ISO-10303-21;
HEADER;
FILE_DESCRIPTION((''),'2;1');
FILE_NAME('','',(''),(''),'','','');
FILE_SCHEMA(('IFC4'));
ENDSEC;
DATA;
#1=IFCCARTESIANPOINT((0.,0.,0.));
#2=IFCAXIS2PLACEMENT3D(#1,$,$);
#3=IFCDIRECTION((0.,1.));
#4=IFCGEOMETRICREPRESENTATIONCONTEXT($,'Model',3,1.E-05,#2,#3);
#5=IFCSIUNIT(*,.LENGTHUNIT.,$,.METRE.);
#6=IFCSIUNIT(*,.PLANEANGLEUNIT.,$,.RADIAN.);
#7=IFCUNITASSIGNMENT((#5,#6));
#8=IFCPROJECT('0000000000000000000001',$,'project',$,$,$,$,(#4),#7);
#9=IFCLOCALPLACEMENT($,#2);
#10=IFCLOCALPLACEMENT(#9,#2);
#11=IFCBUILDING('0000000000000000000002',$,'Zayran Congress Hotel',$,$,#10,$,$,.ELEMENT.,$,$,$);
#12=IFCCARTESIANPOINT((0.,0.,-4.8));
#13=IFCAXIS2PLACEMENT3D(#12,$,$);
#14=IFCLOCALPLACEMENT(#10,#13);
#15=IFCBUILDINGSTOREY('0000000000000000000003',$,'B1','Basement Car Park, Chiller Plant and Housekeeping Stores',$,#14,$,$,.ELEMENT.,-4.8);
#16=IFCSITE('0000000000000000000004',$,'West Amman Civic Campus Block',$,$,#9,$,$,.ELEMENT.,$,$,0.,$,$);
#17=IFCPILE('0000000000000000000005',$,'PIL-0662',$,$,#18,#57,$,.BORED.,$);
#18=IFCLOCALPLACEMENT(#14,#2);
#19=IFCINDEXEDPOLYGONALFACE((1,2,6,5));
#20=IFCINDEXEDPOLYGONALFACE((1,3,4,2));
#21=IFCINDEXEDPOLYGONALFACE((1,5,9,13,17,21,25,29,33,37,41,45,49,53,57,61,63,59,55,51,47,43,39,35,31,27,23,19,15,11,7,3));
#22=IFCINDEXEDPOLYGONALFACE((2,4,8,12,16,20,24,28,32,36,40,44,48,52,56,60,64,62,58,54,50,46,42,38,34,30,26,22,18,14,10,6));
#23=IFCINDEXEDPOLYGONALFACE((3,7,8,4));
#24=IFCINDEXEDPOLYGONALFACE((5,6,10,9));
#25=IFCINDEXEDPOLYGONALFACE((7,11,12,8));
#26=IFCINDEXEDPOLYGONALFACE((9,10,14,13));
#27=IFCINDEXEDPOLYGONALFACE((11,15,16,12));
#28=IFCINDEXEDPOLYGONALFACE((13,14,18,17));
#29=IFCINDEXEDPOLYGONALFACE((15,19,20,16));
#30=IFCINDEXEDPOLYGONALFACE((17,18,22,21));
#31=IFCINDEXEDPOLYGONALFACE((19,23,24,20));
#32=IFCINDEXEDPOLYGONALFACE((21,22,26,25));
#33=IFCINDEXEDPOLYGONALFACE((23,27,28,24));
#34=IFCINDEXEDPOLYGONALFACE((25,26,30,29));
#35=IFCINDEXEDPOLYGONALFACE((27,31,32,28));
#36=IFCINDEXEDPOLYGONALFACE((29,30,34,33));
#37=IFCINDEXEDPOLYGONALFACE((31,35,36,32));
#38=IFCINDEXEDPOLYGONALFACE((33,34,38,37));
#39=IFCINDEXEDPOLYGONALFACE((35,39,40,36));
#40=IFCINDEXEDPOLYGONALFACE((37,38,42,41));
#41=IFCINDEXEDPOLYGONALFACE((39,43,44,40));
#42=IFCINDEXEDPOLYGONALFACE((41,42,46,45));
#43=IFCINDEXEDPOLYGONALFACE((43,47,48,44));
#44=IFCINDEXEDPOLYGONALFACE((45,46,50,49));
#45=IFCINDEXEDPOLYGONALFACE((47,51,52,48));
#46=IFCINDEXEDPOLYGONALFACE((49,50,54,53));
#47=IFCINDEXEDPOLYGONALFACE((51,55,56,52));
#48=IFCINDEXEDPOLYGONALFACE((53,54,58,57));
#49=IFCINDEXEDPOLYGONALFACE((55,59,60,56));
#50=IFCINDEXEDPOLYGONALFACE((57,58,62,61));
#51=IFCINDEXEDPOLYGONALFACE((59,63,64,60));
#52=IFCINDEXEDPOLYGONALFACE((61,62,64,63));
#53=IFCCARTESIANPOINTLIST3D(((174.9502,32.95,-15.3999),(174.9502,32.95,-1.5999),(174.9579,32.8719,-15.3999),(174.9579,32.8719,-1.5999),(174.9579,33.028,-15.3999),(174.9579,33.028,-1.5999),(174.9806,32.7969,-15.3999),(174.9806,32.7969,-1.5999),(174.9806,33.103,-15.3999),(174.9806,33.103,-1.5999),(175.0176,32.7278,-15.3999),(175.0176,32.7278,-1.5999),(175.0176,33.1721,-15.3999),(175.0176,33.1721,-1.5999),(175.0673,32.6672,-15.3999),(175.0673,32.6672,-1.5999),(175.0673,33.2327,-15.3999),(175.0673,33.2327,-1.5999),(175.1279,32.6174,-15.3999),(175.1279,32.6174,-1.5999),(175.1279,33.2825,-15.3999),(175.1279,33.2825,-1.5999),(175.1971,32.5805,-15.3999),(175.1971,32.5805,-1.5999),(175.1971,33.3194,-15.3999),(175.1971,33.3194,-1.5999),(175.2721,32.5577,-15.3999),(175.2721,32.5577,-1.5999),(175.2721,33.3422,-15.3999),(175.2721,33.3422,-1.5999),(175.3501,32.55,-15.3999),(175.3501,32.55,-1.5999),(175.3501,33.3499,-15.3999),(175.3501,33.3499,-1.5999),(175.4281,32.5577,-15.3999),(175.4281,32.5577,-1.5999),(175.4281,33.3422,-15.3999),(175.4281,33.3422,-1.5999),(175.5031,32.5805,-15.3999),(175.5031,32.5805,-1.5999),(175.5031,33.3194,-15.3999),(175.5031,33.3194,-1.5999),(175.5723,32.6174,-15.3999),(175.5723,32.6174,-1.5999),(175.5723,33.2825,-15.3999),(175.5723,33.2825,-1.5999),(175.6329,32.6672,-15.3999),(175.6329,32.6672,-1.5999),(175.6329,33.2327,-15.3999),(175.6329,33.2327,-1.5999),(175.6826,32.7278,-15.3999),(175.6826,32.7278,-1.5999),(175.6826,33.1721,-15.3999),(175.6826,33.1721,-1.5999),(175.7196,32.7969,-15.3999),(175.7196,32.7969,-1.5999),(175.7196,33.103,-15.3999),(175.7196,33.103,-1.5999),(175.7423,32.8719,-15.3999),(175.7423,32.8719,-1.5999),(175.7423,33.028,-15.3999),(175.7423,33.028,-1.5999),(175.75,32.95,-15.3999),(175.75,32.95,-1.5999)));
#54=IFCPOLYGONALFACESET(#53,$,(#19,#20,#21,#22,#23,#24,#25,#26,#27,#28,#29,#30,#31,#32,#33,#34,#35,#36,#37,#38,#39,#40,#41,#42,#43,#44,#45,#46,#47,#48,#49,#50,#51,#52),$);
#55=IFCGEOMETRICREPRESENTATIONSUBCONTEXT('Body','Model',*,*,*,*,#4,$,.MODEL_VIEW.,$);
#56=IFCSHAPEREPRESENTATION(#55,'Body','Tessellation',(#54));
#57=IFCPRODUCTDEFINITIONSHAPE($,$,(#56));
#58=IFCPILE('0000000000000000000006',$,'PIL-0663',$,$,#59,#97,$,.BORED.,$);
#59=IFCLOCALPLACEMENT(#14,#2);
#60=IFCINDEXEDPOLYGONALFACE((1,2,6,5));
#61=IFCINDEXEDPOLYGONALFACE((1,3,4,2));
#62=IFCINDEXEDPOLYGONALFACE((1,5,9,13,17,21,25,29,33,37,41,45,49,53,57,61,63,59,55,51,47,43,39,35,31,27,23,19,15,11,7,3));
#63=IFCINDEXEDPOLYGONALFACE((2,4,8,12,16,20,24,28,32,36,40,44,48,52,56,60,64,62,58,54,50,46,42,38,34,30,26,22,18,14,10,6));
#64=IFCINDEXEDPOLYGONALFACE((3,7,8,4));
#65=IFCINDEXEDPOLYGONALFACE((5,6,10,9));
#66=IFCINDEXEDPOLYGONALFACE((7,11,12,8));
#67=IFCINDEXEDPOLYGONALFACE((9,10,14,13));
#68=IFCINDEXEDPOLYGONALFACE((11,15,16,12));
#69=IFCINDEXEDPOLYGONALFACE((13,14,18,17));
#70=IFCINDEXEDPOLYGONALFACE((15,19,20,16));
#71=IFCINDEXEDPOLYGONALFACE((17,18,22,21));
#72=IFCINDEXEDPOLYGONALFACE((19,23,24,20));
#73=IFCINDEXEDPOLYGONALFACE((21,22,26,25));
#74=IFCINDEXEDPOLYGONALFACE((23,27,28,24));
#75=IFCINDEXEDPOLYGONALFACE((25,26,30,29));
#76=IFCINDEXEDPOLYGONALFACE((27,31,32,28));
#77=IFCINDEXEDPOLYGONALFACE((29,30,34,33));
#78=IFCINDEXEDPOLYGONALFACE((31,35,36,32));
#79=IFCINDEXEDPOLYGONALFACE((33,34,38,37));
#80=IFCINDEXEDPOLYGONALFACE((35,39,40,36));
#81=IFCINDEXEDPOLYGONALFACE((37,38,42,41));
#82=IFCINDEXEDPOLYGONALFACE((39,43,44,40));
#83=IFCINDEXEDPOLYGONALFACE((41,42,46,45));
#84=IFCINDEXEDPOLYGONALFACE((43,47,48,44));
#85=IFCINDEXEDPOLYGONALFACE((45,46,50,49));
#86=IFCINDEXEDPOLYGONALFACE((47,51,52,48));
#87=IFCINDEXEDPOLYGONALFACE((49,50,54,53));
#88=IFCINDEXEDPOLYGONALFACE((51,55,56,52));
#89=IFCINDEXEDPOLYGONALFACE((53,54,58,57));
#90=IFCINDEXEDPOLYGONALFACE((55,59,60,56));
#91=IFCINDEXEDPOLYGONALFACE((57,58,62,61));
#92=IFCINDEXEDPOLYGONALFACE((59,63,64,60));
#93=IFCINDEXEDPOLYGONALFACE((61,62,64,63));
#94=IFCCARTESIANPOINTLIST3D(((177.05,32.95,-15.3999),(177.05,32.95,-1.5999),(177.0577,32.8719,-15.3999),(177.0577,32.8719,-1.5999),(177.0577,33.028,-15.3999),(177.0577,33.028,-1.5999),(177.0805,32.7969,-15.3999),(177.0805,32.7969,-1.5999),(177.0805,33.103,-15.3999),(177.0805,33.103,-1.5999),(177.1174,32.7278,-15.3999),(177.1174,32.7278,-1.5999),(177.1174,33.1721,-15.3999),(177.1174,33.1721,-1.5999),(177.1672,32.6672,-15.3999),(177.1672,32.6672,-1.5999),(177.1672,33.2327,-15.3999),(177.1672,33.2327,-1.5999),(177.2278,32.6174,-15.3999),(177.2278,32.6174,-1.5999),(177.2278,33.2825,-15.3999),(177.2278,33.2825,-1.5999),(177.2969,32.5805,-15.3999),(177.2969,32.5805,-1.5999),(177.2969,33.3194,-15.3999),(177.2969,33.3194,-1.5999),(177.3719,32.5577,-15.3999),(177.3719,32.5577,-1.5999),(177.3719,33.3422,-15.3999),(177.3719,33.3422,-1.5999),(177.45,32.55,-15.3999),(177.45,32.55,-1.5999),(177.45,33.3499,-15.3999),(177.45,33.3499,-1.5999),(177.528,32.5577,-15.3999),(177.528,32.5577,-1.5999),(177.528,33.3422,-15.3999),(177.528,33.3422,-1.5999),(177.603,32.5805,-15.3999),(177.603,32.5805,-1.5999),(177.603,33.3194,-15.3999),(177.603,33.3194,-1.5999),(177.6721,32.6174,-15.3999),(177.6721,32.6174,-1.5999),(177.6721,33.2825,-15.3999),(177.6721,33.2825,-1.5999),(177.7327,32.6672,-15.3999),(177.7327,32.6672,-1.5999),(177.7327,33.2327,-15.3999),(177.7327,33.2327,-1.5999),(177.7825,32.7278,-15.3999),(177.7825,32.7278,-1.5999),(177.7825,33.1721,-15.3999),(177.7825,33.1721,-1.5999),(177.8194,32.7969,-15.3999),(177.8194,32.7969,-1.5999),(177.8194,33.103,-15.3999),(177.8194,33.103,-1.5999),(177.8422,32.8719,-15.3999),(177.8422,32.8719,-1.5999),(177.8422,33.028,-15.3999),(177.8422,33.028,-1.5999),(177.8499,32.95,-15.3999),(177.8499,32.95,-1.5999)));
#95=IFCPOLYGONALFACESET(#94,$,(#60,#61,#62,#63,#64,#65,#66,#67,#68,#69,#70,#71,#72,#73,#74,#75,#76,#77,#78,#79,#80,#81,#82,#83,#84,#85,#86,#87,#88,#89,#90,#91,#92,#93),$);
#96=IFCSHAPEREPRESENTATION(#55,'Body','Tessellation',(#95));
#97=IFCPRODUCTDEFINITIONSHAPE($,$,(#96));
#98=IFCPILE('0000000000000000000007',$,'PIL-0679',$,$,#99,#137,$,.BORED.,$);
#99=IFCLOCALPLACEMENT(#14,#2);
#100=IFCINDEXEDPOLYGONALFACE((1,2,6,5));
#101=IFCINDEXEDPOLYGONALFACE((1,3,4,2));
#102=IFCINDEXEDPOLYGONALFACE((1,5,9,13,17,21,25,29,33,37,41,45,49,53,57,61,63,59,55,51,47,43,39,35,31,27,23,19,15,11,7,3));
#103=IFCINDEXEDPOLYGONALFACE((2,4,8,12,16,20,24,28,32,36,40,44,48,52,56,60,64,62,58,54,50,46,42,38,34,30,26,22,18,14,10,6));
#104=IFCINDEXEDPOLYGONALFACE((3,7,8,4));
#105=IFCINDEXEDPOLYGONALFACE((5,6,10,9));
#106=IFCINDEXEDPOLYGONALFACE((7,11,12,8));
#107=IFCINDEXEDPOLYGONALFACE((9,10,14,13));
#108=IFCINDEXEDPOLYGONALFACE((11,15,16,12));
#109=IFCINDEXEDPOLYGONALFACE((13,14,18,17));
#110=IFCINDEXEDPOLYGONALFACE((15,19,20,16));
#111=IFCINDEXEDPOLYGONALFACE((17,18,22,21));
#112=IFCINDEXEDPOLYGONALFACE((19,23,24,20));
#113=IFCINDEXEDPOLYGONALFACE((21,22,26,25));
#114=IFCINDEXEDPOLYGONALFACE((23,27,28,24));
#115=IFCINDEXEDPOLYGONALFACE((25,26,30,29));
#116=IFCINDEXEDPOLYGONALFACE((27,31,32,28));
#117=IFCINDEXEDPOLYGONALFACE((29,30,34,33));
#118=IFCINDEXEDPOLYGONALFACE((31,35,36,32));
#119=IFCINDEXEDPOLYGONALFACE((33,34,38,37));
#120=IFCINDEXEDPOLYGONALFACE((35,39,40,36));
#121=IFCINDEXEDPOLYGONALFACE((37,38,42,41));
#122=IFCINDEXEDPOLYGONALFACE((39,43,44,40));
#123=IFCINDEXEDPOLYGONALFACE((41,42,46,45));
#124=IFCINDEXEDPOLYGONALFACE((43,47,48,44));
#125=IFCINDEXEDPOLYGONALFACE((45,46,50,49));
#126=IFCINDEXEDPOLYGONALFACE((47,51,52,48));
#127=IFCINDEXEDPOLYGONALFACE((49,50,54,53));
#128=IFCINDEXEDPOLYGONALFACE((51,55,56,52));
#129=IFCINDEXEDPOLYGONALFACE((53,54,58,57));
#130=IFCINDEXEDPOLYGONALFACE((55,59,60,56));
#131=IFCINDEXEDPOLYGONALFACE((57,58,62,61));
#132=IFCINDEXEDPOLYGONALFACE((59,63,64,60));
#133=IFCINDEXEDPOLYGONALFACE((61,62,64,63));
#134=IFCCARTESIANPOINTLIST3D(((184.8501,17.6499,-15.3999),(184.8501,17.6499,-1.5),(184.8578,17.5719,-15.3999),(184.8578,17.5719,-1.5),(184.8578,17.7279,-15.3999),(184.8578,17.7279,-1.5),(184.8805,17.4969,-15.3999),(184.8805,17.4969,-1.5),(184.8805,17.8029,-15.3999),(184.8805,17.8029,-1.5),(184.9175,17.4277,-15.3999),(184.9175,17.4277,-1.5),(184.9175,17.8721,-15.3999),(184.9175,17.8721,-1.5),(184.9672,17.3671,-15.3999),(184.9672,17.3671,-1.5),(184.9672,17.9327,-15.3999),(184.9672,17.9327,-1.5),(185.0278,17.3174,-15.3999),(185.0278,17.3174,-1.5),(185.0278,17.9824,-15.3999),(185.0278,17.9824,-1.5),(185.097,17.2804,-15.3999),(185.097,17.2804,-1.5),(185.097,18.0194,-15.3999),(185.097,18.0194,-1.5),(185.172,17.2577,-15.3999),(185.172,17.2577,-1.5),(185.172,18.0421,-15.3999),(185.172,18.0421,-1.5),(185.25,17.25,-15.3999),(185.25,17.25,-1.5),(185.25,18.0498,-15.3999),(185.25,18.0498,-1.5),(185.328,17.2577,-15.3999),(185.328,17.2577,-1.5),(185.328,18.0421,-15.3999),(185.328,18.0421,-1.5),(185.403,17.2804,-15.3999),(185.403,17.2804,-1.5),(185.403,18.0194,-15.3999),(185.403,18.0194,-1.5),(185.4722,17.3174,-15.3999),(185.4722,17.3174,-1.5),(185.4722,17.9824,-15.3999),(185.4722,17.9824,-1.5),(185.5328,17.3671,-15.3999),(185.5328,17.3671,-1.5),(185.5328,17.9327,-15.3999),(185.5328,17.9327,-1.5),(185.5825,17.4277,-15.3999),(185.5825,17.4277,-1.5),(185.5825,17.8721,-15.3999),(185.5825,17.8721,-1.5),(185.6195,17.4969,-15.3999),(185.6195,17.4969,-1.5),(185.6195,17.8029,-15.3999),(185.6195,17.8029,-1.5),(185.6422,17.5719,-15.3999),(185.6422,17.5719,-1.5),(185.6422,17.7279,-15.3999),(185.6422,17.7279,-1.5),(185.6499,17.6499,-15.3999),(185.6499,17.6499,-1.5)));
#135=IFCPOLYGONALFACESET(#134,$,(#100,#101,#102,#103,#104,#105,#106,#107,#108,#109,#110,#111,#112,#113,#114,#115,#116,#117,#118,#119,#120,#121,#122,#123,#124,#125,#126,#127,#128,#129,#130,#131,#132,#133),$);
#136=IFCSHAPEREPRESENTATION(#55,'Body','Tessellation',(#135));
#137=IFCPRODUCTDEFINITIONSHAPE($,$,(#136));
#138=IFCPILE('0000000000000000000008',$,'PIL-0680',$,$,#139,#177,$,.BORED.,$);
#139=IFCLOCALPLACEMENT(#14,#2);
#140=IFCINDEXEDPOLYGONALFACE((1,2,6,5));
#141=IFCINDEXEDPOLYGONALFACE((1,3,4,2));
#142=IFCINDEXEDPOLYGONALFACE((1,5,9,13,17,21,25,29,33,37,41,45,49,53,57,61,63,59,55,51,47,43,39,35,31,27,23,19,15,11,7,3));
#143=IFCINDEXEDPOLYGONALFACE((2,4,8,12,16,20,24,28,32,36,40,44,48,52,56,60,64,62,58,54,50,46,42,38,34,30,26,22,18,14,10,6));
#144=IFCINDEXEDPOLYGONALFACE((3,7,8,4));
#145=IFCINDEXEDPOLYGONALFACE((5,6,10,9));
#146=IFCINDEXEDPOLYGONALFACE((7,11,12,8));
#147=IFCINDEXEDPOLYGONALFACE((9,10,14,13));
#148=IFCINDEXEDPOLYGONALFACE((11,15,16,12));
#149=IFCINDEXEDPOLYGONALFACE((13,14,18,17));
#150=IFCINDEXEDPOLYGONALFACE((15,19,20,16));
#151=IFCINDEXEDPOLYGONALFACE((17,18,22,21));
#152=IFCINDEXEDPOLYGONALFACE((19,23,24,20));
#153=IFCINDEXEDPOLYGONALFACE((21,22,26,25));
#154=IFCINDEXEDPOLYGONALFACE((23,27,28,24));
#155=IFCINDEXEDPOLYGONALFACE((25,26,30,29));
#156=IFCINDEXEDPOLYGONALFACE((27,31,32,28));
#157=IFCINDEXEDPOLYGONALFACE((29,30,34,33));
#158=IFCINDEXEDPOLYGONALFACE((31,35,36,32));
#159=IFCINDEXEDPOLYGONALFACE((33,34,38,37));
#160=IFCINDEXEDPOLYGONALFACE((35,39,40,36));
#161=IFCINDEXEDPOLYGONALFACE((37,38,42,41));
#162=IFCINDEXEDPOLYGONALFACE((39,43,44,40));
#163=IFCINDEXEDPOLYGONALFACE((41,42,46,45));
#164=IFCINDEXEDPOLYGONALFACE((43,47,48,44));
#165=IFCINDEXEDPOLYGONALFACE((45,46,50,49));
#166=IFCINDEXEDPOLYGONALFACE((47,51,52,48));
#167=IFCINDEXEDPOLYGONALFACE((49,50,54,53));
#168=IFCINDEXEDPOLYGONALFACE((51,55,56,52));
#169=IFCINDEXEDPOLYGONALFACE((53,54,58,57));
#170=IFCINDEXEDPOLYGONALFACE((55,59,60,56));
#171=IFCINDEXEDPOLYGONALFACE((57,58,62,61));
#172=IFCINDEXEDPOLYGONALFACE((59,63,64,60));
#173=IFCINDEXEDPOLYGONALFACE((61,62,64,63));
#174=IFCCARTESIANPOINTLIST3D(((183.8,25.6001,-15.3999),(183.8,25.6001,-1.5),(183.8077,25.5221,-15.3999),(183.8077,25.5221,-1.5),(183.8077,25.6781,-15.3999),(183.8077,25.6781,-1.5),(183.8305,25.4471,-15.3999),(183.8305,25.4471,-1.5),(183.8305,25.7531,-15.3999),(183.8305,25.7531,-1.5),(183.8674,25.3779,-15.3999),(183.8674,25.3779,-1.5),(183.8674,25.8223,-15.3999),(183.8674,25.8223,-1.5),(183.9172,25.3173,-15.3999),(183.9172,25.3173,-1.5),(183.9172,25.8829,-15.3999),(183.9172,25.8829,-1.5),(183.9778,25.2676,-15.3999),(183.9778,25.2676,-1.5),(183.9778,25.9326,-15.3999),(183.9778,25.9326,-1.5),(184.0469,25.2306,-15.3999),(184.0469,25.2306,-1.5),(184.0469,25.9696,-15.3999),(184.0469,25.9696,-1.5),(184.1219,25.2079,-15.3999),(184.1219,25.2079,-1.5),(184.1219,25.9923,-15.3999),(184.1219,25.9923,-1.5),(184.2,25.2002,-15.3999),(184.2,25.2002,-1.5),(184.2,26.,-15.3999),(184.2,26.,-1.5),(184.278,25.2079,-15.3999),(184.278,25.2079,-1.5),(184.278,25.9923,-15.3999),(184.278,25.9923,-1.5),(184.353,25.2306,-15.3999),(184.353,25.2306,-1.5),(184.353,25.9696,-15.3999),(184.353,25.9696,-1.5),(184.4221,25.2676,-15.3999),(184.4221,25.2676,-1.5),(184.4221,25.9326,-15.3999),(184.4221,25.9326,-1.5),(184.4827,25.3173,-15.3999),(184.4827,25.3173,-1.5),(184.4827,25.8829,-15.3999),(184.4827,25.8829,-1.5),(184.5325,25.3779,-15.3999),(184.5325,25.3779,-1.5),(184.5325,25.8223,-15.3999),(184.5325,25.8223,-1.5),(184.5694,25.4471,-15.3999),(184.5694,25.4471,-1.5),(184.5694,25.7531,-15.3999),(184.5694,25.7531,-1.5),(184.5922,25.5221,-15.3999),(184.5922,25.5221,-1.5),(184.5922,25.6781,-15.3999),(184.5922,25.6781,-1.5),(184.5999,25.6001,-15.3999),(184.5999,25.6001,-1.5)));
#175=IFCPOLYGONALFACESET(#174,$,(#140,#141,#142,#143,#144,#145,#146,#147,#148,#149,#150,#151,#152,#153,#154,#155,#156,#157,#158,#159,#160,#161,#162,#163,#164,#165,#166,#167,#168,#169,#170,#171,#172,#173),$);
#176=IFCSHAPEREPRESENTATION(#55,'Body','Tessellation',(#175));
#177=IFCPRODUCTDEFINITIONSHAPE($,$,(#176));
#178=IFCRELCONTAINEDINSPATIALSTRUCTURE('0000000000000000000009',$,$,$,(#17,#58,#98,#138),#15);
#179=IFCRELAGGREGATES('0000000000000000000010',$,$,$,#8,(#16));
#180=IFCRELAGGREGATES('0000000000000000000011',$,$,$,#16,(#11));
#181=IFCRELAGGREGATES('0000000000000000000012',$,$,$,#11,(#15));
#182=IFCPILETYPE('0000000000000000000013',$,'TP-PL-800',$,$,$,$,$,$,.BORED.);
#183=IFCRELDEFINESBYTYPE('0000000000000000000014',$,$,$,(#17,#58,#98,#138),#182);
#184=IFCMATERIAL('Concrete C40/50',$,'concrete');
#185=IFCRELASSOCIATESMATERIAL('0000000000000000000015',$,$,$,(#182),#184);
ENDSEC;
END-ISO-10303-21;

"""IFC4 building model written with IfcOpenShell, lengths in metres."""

from ifc_helpers import new_model, si_unit, direction, frame, origin, origin_2d, place, context, subcontext, project, spatial, circle, extrude, material, material_profile, profile_set, type_object, element, save


model = new_model("IFC4")

# Units and contexts
model_context = context("Model", 3, precision=1e-05, world=origin(), true_north=direction((0.0, 1.0)))
body_context = subcontext(model_context, "Body", "Model", "MODEL_VIEW")
ifc_project = project(units=[si_unit("LENGTHUNIT", "METRE"), si_unit("PLANEANGLEUNIT", "RADIAN")], contexts=[model_context])

# Site, building, storey
site_placement = place(None, origin())
site = spatial("IfcSite", under=ifc_project, at=site_placement, Name="West Amman Civic Campus Block", CompositionType="ELEMENT", RefElevation=0.0)
building_placement = place(site_placement, origin())
building = spatial("IfcBuilding", under=site, at=building_placement, Name="Zayran Congress Hotel", CompositionType="ELEMENT")
storey_placement = place(building_placement, frame((0.0, 0.0, -4.8)))
storey = spatial("IfcBuildingStorey", under=building, at=storey_placement, Name="B1", Description="Basement Car Park, Chiller Plant and Housekeeping Stores", CompositionType="ELEMENT", Elevation=-4.8)

# Piles
ifc_material_1 = material(Name="Concrete C40/50", Category="concrete")
ifc_material_profile_1 = material_profile(ifc_material_1, circle(Radius=0.3999, at=origin_2d()), Name="PILE D800")
ifc_profile_set_1 = profile_set([ifc_material_profile_1], Name="Concrete C40/50")
pile_type = type_object("IfcPileType", Name="TP-PL-800", PredefinedType="BORED", material=ifc_profile_set_1)
for number, where, z_axis, x_axis, name in (
    (1, (175.3501, 32.95, -1.5999), (0.0, 0.0, -1.0), (1.0, 0.0, 0.0), "PIL-0662"),
    (2, (177.45, 32.95, -1.5999), (0.0, 0.0, -1.0), (1.0, 0.0, 0.0), "PIL-0663"),
):
    element("IfcPile", number, at=place(storey_placement, frame(where, z_axis=z_axis, x_axis=x_axis)), inside=storey, type_object=pile_type, Name=name, PredefinedType="BORED", context=body_context, shape_type="SweptSolid", body=[
        extrude(circle(Radius=0.3999, at=origin_2d()), origin(), (0.0, 0.0, 1.0), 13.8),
    ])
for number, where, z_axis, x_axis, name in (
    (3, (185.25, 17.6499, -1.5), (0.0, 0.0, -1.0), (1.0, 0.0, 0.0), "PIL-0679"),
    (4, (184.2, 25.6001, -1.5), (0.0, 0.0, -1.0), (1.0, 0.0, 0.0), "PIL-0680"),
):
    element("IfcPile", number, at=place(storey_placement, frame(where, z_axis=z_axis, x_axis=x_axis)), inside=storey, type_object=pile_type, Name=name, PredefinedType="BORED", context=body_context, shape_type="SweptSolid", body=[
        extrude(circle(Radius=0.3999, at=origin_2d()), origin(), (0.0, 0.0, 1.0), 13.8999),
    ])

save(model, "model.ifc")
